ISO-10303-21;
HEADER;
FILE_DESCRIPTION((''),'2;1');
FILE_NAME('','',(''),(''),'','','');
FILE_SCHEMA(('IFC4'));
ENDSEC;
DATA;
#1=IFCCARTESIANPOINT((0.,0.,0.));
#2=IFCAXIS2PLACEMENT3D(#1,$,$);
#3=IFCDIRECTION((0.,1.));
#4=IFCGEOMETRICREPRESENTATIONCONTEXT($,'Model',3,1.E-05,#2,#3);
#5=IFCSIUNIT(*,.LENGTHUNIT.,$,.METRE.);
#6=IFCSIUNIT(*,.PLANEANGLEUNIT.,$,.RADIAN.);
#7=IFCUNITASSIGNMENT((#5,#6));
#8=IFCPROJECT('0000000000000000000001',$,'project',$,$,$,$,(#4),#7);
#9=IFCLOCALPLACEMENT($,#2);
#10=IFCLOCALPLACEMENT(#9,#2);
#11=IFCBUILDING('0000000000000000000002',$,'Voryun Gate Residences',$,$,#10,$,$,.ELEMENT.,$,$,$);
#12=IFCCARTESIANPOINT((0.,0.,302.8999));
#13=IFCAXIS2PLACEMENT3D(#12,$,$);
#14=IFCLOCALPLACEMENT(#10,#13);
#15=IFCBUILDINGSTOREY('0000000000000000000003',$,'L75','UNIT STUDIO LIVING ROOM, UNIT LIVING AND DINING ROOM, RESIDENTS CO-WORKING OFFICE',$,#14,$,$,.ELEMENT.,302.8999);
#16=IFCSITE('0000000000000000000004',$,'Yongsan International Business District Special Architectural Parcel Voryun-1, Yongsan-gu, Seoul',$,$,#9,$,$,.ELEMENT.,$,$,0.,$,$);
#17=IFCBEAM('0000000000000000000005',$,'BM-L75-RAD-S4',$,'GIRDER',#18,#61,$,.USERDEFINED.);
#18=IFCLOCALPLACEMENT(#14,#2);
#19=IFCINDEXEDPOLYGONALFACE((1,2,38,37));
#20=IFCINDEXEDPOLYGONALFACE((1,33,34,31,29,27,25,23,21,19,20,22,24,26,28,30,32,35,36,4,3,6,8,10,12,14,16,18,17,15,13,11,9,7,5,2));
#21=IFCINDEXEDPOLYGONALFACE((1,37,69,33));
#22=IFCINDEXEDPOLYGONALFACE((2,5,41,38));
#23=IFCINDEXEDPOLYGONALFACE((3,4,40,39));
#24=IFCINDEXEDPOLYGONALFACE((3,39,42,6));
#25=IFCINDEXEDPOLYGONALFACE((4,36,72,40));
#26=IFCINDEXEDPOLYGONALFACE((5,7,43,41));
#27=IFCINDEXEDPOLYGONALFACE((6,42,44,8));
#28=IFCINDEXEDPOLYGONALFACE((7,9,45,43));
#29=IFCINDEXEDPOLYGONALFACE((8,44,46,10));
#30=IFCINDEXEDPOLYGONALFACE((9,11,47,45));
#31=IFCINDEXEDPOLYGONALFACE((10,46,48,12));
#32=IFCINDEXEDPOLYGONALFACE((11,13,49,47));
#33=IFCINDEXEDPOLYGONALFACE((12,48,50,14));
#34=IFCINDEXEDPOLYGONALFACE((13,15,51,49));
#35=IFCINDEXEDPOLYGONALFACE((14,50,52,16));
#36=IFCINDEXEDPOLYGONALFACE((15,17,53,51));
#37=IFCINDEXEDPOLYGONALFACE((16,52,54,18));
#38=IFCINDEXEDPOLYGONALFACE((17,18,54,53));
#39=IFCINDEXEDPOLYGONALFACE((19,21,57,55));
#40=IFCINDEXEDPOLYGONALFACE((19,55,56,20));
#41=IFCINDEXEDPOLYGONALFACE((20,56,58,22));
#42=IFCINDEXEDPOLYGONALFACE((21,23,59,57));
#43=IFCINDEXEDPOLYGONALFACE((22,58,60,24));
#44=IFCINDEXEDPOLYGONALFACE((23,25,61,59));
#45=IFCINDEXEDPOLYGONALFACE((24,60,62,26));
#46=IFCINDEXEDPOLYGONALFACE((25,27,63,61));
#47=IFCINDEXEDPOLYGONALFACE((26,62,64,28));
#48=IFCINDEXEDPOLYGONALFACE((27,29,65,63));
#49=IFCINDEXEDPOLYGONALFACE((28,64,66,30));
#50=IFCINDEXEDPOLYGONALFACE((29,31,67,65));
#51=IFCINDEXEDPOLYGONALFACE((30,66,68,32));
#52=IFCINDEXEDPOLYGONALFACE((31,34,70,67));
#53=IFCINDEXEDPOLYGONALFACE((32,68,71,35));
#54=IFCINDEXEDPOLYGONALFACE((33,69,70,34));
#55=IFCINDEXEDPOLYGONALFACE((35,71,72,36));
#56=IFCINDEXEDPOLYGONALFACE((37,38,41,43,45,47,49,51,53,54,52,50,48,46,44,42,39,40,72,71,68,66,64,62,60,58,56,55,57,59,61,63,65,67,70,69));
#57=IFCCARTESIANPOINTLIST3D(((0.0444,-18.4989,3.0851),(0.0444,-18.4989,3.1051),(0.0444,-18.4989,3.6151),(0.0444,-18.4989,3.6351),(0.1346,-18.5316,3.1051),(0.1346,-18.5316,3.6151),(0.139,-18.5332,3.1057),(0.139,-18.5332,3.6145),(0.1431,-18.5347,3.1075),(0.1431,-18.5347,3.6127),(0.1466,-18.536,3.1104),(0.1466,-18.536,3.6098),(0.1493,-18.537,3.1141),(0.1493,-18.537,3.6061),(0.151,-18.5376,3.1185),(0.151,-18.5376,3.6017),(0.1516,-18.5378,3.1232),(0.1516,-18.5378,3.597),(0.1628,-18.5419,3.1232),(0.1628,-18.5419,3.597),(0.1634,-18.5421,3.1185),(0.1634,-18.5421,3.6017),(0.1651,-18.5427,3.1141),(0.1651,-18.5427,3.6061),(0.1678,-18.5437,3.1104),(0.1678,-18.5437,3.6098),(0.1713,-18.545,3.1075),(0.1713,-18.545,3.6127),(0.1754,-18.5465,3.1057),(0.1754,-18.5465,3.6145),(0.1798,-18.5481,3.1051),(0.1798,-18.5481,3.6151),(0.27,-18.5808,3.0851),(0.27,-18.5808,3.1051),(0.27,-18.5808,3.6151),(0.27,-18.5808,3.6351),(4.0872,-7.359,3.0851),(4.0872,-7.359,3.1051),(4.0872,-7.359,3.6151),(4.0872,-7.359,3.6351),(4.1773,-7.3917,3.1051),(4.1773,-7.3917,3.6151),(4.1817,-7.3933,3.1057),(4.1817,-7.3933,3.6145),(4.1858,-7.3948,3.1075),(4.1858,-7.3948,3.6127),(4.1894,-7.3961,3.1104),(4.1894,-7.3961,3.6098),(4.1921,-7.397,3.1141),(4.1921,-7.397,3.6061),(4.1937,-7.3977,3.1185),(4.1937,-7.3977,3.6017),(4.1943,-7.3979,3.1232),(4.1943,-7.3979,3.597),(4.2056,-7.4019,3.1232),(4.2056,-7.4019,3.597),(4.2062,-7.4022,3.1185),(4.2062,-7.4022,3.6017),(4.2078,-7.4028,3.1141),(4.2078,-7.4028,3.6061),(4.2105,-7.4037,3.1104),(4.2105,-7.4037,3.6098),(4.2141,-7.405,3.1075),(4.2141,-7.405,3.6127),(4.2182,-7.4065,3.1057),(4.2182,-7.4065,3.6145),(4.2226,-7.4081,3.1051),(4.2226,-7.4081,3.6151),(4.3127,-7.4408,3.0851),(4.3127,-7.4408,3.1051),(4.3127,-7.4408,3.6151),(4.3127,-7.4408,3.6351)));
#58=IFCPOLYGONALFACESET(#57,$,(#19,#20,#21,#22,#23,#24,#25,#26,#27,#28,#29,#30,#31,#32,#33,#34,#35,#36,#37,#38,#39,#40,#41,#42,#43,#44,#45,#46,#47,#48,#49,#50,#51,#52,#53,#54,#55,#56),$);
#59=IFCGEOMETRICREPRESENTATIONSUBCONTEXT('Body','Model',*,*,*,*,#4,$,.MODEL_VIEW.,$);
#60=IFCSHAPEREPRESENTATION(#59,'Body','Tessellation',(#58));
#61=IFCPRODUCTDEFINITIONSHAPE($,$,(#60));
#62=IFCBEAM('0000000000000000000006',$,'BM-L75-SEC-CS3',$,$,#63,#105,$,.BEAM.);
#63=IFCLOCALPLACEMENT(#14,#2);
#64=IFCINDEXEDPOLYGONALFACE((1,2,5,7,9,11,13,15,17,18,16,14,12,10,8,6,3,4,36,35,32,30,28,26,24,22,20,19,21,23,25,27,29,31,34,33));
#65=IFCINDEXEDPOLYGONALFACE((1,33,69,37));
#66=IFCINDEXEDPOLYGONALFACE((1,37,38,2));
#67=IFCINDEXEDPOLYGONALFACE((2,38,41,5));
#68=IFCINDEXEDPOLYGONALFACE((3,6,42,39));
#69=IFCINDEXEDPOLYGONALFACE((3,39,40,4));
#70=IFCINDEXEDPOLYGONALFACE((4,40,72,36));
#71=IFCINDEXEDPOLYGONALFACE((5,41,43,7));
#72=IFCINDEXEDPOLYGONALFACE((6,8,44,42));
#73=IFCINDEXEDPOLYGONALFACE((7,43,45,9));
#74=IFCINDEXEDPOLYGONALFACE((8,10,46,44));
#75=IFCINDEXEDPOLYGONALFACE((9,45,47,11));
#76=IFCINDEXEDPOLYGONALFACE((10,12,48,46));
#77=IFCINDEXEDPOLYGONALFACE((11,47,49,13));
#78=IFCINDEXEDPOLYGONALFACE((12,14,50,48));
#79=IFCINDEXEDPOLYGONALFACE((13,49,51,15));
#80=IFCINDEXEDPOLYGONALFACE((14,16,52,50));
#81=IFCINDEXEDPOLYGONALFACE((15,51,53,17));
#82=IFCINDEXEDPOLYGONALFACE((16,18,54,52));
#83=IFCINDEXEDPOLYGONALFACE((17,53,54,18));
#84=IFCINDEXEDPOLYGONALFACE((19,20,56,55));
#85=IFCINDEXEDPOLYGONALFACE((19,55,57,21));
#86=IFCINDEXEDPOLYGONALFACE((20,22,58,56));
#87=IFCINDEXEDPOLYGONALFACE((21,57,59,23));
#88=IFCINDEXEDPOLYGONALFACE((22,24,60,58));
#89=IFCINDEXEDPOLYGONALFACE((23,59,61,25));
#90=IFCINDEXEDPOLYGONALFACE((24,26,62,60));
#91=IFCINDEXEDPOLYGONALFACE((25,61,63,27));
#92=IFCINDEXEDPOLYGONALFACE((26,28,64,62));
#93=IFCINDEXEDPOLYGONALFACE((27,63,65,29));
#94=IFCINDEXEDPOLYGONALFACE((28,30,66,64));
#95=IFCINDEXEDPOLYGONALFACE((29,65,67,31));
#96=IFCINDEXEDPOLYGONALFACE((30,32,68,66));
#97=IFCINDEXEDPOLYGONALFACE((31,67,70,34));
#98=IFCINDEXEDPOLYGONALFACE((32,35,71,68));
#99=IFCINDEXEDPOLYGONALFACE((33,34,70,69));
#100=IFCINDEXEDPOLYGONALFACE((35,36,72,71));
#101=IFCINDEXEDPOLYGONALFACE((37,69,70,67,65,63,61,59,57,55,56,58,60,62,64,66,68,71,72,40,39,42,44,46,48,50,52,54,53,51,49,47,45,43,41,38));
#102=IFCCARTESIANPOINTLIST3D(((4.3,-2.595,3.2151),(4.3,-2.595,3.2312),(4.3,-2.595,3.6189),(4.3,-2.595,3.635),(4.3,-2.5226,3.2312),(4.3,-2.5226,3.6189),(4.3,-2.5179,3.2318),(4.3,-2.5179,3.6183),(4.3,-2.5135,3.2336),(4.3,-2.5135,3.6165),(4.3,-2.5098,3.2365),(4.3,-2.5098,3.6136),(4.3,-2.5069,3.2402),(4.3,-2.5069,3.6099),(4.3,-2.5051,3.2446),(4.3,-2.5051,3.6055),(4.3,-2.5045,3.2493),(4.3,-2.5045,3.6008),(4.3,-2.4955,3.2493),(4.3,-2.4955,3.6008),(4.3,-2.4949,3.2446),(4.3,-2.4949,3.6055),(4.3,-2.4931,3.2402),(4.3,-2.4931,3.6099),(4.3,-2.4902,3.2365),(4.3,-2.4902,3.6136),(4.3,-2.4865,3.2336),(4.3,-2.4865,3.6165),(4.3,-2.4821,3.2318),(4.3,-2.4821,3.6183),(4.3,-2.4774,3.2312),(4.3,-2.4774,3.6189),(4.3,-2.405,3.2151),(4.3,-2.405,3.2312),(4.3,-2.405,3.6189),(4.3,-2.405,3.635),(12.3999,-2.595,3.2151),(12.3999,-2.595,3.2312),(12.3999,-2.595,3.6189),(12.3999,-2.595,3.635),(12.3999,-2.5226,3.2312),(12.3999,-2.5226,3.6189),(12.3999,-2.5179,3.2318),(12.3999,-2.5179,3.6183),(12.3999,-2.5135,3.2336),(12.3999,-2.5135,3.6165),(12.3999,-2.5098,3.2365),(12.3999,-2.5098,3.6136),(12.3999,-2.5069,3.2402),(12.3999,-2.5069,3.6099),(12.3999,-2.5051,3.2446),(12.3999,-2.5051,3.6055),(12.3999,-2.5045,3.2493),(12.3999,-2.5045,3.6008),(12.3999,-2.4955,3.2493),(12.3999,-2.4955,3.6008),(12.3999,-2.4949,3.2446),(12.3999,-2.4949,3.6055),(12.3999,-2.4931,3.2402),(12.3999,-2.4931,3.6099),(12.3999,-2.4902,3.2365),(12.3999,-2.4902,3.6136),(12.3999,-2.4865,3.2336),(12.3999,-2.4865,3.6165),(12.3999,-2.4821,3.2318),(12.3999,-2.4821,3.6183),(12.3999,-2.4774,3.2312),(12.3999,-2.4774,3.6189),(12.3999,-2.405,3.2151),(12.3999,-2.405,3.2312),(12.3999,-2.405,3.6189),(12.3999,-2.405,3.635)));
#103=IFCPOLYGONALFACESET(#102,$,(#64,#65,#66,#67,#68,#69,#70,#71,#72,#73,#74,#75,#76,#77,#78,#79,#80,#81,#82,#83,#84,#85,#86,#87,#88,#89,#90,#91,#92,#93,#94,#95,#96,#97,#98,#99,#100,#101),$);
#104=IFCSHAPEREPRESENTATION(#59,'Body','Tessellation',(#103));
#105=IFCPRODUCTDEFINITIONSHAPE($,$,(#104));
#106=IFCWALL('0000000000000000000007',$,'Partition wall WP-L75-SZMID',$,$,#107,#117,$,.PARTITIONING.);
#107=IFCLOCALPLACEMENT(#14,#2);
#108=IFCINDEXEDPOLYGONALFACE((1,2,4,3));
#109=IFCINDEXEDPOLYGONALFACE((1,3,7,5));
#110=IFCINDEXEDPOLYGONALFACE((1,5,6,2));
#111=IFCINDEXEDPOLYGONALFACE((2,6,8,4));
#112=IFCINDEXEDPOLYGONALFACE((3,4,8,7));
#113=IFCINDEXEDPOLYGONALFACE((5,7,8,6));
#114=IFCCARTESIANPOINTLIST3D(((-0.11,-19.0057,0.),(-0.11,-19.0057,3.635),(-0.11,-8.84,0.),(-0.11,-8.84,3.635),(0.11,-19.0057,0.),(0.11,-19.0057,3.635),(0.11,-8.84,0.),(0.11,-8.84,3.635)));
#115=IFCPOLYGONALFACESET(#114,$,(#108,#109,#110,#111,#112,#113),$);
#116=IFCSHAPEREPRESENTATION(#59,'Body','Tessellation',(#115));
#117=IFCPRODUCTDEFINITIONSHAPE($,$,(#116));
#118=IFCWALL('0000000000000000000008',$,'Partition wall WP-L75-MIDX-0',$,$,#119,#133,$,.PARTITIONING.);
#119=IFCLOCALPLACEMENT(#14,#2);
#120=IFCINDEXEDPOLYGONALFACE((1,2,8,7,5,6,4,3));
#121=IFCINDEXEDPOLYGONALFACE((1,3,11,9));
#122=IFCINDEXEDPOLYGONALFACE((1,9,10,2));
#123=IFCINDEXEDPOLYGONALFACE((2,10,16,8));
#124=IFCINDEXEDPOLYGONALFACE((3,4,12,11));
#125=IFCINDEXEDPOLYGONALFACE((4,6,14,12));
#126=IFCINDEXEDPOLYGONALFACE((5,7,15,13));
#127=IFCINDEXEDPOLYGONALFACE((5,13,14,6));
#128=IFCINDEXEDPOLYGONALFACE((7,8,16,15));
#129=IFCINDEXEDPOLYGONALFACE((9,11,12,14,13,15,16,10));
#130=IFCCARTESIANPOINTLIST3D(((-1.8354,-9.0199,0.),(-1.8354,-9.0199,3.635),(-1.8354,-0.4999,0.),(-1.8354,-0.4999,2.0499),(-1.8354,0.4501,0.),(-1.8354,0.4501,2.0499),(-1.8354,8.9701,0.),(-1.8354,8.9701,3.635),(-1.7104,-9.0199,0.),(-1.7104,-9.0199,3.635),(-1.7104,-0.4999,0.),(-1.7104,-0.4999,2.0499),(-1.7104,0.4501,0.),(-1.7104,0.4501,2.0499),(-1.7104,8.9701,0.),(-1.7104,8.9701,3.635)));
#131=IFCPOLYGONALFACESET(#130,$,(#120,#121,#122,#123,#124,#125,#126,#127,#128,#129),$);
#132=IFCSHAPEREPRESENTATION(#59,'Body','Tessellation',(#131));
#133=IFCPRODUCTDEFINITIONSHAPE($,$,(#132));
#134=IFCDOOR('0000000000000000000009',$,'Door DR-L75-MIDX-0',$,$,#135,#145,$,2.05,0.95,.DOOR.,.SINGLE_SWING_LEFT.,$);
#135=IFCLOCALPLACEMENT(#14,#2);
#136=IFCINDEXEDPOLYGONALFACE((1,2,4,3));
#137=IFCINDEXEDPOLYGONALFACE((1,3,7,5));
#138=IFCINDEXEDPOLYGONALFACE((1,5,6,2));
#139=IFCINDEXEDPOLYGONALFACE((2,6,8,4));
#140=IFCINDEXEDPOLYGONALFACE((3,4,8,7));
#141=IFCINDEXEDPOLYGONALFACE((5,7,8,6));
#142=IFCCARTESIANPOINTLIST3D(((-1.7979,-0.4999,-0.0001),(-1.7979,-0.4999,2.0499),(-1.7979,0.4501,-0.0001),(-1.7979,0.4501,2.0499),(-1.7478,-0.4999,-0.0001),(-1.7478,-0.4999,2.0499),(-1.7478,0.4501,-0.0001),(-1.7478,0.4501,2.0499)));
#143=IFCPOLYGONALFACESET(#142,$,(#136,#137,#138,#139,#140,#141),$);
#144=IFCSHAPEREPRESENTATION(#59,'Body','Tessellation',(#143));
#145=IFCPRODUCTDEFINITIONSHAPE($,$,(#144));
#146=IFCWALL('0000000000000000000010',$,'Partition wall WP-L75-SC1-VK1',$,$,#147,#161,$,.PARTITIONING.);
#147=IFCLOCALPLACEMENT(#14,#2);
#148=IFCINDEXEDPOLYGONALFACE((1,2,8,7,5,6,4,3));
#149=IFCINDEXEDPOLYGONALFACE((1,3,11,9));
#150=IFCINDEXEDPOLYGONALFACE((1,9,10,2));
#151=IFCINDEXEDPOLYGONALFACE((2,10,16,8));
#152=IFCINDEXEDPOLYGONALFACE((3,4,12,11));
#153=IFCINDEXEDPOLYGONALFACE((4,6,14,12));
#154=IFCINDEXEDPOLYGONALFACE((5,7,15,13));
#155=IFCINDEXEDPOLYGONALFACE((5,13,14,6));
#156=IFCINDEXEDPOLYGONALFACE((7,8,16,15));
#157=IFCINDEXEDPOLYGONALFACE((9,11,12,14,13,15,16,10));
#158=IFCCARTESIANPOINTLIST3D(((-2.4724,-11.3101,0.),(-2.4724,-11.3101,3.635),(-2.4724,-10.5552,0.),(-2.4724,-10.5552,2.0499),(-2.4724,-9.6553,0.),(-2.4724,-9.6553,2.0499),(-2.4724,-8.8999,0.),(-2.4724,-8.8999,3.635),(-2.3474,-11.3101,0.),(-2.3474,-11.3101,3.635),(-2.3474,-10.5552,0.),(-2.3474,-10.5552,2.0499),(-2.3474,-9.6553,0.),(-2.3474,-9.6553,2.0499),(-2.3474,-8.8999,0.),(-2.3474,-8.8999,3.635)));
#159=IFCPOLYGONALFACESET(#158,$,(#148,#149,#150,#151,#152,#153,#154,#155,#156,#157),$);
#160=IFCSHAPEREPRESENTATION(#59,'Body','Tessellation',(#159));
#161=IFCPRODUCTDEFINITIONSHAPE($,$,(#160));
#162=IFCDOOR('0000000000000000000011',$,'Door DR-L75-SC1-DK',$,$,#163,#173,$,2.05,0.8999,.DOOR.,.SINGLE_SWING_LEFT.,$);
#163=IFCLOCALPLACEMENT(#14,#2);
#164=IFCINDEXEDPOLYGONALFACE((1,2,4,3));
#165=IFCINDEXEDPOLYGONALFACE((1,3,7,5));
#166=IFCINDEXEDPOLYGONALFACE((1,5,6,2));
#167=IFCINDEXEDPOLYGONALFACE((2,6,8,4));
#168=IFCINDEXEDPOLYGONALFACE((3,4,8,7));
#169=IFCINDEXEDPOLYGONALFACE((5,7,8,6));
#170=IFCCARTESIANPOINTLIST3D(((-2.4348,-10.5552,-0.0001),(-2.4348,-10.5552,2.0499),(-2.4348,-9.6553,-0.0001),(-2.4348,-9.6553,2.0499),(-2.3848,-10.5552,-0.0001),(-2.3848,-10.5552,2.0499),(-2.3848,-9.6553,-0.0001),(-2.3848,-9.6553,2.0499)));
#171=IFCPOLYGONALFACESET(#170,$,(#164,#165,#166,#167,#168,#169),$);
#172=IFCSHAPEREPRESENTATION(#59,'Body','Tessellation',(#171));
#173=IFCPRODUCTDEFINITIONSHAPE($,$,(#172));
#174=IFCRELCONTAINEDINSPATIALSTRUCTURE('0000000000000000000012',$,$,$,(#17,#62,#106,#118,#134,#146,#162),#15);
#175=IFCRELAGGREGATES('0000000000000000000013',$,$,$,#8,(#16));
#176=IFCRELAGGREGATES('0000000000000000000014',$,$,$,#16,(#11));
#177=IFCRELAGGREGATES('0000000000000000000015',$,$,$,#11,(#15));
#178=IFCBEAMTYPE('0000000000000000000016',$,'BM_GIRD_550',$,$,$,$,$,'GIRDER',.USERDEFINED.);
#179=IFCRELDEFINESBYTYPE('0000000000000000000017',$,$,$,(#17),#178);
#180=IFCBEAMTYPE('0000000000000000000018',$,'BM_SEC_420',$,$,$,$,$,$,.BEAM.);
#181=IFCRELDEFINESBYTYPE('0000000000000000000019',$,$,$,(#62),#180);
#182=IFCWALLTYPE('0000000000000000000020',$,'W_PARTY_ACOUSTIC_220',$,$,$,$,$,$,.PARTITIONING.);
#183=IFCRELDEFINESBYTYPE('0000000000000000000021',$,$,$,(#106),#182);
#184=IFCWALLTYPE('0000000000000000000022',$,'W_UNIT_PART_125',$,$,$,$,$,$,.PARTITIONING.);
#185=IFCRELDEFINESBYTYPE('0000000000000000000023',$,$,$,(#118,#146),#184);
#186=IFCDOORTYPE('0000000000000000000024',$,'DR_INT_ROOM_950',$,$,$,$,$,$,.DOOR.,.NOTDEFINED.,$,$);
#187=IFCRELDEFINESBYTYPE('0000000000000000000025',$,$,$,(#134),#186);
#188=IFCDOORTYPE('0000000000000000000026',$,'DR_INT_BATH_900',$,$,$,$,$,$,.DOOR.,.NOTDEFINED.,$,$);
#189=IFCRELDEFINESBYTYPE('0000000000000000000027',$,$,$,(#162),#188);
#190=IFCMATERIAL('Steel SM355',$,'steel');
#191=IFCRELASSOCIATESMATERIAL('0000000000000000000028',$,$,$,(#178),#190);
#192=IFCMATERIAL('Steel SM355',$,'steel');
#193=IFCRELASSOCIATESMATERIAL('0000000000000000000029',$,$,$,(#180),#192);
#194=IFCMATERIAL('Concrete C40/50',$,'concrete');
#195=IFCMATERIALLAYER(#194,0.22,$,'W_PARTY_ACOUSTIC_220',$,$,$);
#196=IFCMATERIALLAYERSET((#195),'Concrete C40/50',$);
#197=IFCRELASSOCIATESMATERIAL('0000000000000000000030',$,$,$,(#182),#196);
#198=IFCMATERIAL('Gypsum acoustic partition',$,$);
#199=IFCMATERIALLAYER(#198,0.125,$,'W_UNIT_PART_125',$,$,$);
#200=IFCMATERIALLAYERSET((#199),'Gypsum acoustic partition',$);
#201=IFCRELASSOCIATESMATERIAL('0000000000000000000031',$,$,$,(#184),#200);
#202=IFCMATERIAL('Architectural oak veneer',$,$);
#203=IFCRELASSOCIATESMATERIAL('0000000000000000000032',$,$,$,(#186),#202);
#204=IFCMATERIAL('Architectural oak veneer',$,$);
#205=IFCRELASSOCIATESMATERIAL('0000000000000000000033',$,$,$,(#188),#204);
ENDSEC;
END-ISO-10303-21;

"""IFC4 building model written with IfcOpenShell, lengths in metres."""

from ifc_helpers import new_model, si_unit, direction, frame, frame_2d, origin, origin_2d, place, context, subcontext, project, spatial, rectangle, i_section, extrude, material, layer, layer_set, material_profile, profile_set, type_object, element, fill, save


model = new_model("IFC4")

# Units and contexts
model_context = context("Model", 3, precision=1e-05, world=origin(), true_north=direction((0.0, 1.0)))
body_context = subcontext(model_context, "Body", "Model", "MODEL_VIEW")
ifc_project = project(units=[si_unit("LENGTHUNIT", "METRE"), si_unit("PLANEANGLEUNIT", "RADIAN")], contexts=[model_context])

# Site, building, storey
site_placement = place(None, origin())
site = spatial("IfcSite", under=ifc_project, at=site_placement, Name="Yongsan International Business District Special Architectural Parcel Voryun-1, Yongsan-gu, Seoul", CompositionType="ELEMENT", RefElevation=0.0)
building_placement = place(site_placement, origin())
building = spatial("IfcBuilding", under=site, at=building_placement, Name="Voryun Gate Residences", CompositionType="ELEMENT")
storey_placement = place(building_placement, frame((0.0, 0.0, 302.8999)))
storey = spatial("IfcBuildingStorey", under=building, at=storey_placement, Name="L75", Description="UNIT STUDIO LIVING ROOM, UNIT LIVING AND DINING ROOM, RESIDENTS CO-WORKING OFFICE", CompositionType="ELEMENT", Elevation=302.8999)

# Beams
ifc_material_1 = material(Name="Steel SM355", Category="steel")
ifc_material_profile_1 = material_profile(ifc_material_1, i_section(OverallWidth=0.24, OverallDepth=0.55, WebThickness=0.012, FlangeThickness=0.02, FilletRadius=0.0181, at=origin_2d()), Name="H-550x240x12x20")
ifc_profile_set_1 = profile_set([ifc_material_profile_1], Name="Steel SM355")
beam_type_1 = type_object("IfcBeamType", Name="BM_GIRD_550", ElementType="GIRDER", PredefinedType="USERDEFINED", material=ifc_profile_set_1)
beam_1_placement = place(storey_placement, frame((4.2, -7.3999, 3.3601), z_axis=(-0.341136, -0.940014, 0.0), x_axis=(0.940014, -0.341136, 0.0)))
element("IfcBeam", 1, at=beam_1_placement, inside=storey, type_object=beam_type_1, Name="BM-L75-RAD-S4", ObjectType="GIRDER", PredefinedType="USERDEFINED", context=body_context, shape_type="SweptSolid", body=[
    extrude(i_section(OverallWidth=0.24, OverallDepth=0.55, WebThickness=0.012, FlangeThickness=0.02, FilletRadius=0.0181, at=origin_2d()), origin(), (0.0, 0.0, 1.0), 11.8508),
])
ifc_material_2 = material(Name="Steel SM355", Category="steel")
ifc_material_profile_2 = material_profile(ifc_material_2, i_section(OverallWidth=0.1899, OverallDepth=0.4199, WebThickness=0.009, FlangeThickness=0.0161, FilletRadius=0.0181, at=origin_2d()), Name="H-420x190x9x16")
ifc_profile_set_2 = profile_set([ifc_material_profile_2], Name="Steel SM355")
beam_type_2 = type_object("IfcBeamType", Name="BM_SEC_420", PredefinedType="BEAM", material=ifc_profile_set_2)
beam_2_placement = place(storey_placement, frame((4.3, -2.5, 3.425), z_axis=(1.0, 0.0, 0.0), x_axis=(0.0, 1.0, 0.0)))
element("IfcBeam", 2, at=beam_2_placement, inside=storey, type_object=beam_type_2, Name="BM-L75-SEC-CS3", PredefinedType="BEAM", context=body_context, shape_type="SweptSolid", body=[
    extrude(i_section(OverallWidth=0.1899, OverallDepth=0.4199, WebThickness=0.009, FlangeThickness=0.0161, FilletRadius=0.0181, at=origin_2d()), origin(), (0.0, 0.0, 1.0), 8.0999),
])

# Wall
ifc_material_3 = material(Name="Concrete C40/50", Category="concrete")
ifc_layer_1 = layer(ifc_material_3, 0.22, Name="W_PARTY_ACOUSTIC_220")
ifc_layer_set_1 = layer_set([ifc_layer_1], Name="Concrete C40/50")
wall_type_1 = type_object("IfcWallType", Name="W_PARTY_ACOUSTIC_220", PredefinedType="PARTITIONING", material=ifc_layer_set_1)
wall_1_placement = place(storey_placement, frame((0.0, -19.0059, 0.0), z_axis=(0.0, 0.0, 1.0), x_axis=(0.0, 1.0, 0.0)))
element("IfcWall", 3, at=wall_1_placement, inside=storey, type_object=wall_type_1, Name="Partition wall WP-L75-SZMID", PredefinedType="PARTITIONING", context=body_context, shape_type="SweptSolid", body=[
    extrude(rectangle(XDim=10.1658, YDim=0.22, at=frame_2d((5.083, 0.0))), origin(), (0.0, 0.0, 1.0), 3.635),
])

# Walls, openings, doors
ifc_material_4 = material(Name="Gypsum acoustic partition")
ifc_layer_2 = layer(ifc_material_4, 0.125, Name="W_UNIT_PART_125")
ifc_layer_set_2 = layer_set([ifc_layer_2], Name="Gypsum acoustic partition")
wall_type_2 = type_object("IfcWallType", Name="W_UNIT_PART_125", PredefinedType="PARTITIONING", material=ifc_layer_set_2)
wall_2_placement = place(storey_placement, frame((-1.7729, -9.02, 0.0), z_axis=(0.0, 0.0, 1.0), x_axis=(0.0, 1.0, 0.0)))
wall_2 = element("IfcWall", 4, at=wall_2_placement, inside=storey, type_object=wall_type_2, Name="Partition wall WP-L75-MIDX-0", PredefinedType="PARTITIONING", context=body_context, shape_type="SweptSolid", body=[
    extrude(rectangle(XDim=17.99, YDim=0.125, at=frame_2d((8.9951, 0.0))), origin(), (0.0, 0.0, 1.0), 3.635),
])
opening_1_placement = place(wall_2_placement, frame((8.52, 0.0, 0.0)))
opening_1 = element("IfcOpeningElement", 5, at=opening_1_placement, cuts=wall_2, PredefinedType="OPENING", context=body_context, shape_type="SweptSolid", body=[
    extrude(rectangle(XDim=0.95, YDim=2.05, at=frame_2d((0.4751, 1.0249))), frame((0.0, 0.0725, 0.0), z_axis=(0.0, -1.0, 0.0), x_axis=(1.0, 0.0, 0.0)), (0.0, 0.0, 1.0), 0.145),
])
ifc_material_5 = material(Name="Architectural oak veneer")
door_type_1 = type_object("IfcDoorType", Name="DR_INT_ROOM_950", OperationType="NOTDEFINED", PredefinedType="DOOR", material=ifc_material_5)
door_1_placement = place(opening_1_placement, origin())
door_1 = element("IfcDoor", 6, at=door_1_placement, inside=storey, type_object=door_type_1, Name="Door DR-L75-MIDX-0", OperationType="SINGLE_SWING_LEFT", OverallHeight=2.05, OverallWidth=0.95, PredefinedType="DOOR", context=body_context, shape_type="SweptSolid", body=[
    extrude(rectangle(XDim=0.95, YDim=2.05, at=frame_2d((0.4751, 1.0249))), frame((0.0, 0.0249, 0.0), z_axis=(0.0, -1.0, 0.0), x_axis=(1.0, 0.0, 0.0)), (0.0, 0.0, 1.0), 0.05),
])
fill(opening_1, door_1)
wall_3_placement = place(storey_placement, frame((-2.4099, -11.3101, 0.0), z_axis=(0.0, 0.0, 1.0), x_axis=(0.0, 1.0, 0.0)))
wall_3 = element("IfcWall", 7, at=wall_3_placement, inside=storey, type_object=wall_type_2, Name="Partition wall WP-L75-SC1-VK1", PredefinedType="PARTITIONING", context=body_context, shape_type="SweptSolid", body=[
    extrude(rectangle(XDim=2.4102, YDim=0.125, at=frame_2d((1.2051, 0.0))), origin(), (0.0, 0.0, 1.0), 3.635),
])
opening_2_placement = place(wall_3_placement, frame((0.7549, 0.0, 0.0)))
opening_2 = element("IfcOpeningElement", 8, at=opening_2_placement, cuts=wall_3, PredefinedType="OPENING", context=body_context, shape_type="SweptSolid", body=[
    extrude(rectangle(XDim=0.8999, YDim=2.05, at=frame_2d((0.45, 1.0249))), frame((0.0, 0.0725, 0.0), z_axis=(0.0, -1.0, 0.0), x_axis=(1.0, 0.0, 0.0)), (0.0, 0.0, 1.0), 0.145),
])
ifc_material_6 = material(Name="Architectural oak veneer")
door_type_2 = type_object("IfcDoorType", Name="DR_INT_BATH_900", OperationType="NOTDEFINED", PredefinedType="DOOR", material=ifc_material_6)
door_2_placement = place(opening_2_placement, origin())
door_2 = element("IfcDoor", 9, at=door_2_placement, inside=storey, type_object=door_type_2, Name="Door DR-L75-SC1-DK", OperationType="SINGLE_SWING_LEFT", OverallHeight=2.05, OverallWidth=0.8999, PredefinedType="DOOR", context=body_context, shape_type="SweptSolid", body=[
    extrude(rectangle(XDim=0.8999, YDim=2.05, at=frame_2d((0.45, 1.0249))), frame((0.0, 0.0249, 0.0), z_axis=(0.0, -1.0, 0.0), x_axis=(1.0, 0.0, 0.0)), (0.0, 0.0, 1.0), 0.05),
])
fill(opening_2, door_2)

save(model, "model.ifc")
